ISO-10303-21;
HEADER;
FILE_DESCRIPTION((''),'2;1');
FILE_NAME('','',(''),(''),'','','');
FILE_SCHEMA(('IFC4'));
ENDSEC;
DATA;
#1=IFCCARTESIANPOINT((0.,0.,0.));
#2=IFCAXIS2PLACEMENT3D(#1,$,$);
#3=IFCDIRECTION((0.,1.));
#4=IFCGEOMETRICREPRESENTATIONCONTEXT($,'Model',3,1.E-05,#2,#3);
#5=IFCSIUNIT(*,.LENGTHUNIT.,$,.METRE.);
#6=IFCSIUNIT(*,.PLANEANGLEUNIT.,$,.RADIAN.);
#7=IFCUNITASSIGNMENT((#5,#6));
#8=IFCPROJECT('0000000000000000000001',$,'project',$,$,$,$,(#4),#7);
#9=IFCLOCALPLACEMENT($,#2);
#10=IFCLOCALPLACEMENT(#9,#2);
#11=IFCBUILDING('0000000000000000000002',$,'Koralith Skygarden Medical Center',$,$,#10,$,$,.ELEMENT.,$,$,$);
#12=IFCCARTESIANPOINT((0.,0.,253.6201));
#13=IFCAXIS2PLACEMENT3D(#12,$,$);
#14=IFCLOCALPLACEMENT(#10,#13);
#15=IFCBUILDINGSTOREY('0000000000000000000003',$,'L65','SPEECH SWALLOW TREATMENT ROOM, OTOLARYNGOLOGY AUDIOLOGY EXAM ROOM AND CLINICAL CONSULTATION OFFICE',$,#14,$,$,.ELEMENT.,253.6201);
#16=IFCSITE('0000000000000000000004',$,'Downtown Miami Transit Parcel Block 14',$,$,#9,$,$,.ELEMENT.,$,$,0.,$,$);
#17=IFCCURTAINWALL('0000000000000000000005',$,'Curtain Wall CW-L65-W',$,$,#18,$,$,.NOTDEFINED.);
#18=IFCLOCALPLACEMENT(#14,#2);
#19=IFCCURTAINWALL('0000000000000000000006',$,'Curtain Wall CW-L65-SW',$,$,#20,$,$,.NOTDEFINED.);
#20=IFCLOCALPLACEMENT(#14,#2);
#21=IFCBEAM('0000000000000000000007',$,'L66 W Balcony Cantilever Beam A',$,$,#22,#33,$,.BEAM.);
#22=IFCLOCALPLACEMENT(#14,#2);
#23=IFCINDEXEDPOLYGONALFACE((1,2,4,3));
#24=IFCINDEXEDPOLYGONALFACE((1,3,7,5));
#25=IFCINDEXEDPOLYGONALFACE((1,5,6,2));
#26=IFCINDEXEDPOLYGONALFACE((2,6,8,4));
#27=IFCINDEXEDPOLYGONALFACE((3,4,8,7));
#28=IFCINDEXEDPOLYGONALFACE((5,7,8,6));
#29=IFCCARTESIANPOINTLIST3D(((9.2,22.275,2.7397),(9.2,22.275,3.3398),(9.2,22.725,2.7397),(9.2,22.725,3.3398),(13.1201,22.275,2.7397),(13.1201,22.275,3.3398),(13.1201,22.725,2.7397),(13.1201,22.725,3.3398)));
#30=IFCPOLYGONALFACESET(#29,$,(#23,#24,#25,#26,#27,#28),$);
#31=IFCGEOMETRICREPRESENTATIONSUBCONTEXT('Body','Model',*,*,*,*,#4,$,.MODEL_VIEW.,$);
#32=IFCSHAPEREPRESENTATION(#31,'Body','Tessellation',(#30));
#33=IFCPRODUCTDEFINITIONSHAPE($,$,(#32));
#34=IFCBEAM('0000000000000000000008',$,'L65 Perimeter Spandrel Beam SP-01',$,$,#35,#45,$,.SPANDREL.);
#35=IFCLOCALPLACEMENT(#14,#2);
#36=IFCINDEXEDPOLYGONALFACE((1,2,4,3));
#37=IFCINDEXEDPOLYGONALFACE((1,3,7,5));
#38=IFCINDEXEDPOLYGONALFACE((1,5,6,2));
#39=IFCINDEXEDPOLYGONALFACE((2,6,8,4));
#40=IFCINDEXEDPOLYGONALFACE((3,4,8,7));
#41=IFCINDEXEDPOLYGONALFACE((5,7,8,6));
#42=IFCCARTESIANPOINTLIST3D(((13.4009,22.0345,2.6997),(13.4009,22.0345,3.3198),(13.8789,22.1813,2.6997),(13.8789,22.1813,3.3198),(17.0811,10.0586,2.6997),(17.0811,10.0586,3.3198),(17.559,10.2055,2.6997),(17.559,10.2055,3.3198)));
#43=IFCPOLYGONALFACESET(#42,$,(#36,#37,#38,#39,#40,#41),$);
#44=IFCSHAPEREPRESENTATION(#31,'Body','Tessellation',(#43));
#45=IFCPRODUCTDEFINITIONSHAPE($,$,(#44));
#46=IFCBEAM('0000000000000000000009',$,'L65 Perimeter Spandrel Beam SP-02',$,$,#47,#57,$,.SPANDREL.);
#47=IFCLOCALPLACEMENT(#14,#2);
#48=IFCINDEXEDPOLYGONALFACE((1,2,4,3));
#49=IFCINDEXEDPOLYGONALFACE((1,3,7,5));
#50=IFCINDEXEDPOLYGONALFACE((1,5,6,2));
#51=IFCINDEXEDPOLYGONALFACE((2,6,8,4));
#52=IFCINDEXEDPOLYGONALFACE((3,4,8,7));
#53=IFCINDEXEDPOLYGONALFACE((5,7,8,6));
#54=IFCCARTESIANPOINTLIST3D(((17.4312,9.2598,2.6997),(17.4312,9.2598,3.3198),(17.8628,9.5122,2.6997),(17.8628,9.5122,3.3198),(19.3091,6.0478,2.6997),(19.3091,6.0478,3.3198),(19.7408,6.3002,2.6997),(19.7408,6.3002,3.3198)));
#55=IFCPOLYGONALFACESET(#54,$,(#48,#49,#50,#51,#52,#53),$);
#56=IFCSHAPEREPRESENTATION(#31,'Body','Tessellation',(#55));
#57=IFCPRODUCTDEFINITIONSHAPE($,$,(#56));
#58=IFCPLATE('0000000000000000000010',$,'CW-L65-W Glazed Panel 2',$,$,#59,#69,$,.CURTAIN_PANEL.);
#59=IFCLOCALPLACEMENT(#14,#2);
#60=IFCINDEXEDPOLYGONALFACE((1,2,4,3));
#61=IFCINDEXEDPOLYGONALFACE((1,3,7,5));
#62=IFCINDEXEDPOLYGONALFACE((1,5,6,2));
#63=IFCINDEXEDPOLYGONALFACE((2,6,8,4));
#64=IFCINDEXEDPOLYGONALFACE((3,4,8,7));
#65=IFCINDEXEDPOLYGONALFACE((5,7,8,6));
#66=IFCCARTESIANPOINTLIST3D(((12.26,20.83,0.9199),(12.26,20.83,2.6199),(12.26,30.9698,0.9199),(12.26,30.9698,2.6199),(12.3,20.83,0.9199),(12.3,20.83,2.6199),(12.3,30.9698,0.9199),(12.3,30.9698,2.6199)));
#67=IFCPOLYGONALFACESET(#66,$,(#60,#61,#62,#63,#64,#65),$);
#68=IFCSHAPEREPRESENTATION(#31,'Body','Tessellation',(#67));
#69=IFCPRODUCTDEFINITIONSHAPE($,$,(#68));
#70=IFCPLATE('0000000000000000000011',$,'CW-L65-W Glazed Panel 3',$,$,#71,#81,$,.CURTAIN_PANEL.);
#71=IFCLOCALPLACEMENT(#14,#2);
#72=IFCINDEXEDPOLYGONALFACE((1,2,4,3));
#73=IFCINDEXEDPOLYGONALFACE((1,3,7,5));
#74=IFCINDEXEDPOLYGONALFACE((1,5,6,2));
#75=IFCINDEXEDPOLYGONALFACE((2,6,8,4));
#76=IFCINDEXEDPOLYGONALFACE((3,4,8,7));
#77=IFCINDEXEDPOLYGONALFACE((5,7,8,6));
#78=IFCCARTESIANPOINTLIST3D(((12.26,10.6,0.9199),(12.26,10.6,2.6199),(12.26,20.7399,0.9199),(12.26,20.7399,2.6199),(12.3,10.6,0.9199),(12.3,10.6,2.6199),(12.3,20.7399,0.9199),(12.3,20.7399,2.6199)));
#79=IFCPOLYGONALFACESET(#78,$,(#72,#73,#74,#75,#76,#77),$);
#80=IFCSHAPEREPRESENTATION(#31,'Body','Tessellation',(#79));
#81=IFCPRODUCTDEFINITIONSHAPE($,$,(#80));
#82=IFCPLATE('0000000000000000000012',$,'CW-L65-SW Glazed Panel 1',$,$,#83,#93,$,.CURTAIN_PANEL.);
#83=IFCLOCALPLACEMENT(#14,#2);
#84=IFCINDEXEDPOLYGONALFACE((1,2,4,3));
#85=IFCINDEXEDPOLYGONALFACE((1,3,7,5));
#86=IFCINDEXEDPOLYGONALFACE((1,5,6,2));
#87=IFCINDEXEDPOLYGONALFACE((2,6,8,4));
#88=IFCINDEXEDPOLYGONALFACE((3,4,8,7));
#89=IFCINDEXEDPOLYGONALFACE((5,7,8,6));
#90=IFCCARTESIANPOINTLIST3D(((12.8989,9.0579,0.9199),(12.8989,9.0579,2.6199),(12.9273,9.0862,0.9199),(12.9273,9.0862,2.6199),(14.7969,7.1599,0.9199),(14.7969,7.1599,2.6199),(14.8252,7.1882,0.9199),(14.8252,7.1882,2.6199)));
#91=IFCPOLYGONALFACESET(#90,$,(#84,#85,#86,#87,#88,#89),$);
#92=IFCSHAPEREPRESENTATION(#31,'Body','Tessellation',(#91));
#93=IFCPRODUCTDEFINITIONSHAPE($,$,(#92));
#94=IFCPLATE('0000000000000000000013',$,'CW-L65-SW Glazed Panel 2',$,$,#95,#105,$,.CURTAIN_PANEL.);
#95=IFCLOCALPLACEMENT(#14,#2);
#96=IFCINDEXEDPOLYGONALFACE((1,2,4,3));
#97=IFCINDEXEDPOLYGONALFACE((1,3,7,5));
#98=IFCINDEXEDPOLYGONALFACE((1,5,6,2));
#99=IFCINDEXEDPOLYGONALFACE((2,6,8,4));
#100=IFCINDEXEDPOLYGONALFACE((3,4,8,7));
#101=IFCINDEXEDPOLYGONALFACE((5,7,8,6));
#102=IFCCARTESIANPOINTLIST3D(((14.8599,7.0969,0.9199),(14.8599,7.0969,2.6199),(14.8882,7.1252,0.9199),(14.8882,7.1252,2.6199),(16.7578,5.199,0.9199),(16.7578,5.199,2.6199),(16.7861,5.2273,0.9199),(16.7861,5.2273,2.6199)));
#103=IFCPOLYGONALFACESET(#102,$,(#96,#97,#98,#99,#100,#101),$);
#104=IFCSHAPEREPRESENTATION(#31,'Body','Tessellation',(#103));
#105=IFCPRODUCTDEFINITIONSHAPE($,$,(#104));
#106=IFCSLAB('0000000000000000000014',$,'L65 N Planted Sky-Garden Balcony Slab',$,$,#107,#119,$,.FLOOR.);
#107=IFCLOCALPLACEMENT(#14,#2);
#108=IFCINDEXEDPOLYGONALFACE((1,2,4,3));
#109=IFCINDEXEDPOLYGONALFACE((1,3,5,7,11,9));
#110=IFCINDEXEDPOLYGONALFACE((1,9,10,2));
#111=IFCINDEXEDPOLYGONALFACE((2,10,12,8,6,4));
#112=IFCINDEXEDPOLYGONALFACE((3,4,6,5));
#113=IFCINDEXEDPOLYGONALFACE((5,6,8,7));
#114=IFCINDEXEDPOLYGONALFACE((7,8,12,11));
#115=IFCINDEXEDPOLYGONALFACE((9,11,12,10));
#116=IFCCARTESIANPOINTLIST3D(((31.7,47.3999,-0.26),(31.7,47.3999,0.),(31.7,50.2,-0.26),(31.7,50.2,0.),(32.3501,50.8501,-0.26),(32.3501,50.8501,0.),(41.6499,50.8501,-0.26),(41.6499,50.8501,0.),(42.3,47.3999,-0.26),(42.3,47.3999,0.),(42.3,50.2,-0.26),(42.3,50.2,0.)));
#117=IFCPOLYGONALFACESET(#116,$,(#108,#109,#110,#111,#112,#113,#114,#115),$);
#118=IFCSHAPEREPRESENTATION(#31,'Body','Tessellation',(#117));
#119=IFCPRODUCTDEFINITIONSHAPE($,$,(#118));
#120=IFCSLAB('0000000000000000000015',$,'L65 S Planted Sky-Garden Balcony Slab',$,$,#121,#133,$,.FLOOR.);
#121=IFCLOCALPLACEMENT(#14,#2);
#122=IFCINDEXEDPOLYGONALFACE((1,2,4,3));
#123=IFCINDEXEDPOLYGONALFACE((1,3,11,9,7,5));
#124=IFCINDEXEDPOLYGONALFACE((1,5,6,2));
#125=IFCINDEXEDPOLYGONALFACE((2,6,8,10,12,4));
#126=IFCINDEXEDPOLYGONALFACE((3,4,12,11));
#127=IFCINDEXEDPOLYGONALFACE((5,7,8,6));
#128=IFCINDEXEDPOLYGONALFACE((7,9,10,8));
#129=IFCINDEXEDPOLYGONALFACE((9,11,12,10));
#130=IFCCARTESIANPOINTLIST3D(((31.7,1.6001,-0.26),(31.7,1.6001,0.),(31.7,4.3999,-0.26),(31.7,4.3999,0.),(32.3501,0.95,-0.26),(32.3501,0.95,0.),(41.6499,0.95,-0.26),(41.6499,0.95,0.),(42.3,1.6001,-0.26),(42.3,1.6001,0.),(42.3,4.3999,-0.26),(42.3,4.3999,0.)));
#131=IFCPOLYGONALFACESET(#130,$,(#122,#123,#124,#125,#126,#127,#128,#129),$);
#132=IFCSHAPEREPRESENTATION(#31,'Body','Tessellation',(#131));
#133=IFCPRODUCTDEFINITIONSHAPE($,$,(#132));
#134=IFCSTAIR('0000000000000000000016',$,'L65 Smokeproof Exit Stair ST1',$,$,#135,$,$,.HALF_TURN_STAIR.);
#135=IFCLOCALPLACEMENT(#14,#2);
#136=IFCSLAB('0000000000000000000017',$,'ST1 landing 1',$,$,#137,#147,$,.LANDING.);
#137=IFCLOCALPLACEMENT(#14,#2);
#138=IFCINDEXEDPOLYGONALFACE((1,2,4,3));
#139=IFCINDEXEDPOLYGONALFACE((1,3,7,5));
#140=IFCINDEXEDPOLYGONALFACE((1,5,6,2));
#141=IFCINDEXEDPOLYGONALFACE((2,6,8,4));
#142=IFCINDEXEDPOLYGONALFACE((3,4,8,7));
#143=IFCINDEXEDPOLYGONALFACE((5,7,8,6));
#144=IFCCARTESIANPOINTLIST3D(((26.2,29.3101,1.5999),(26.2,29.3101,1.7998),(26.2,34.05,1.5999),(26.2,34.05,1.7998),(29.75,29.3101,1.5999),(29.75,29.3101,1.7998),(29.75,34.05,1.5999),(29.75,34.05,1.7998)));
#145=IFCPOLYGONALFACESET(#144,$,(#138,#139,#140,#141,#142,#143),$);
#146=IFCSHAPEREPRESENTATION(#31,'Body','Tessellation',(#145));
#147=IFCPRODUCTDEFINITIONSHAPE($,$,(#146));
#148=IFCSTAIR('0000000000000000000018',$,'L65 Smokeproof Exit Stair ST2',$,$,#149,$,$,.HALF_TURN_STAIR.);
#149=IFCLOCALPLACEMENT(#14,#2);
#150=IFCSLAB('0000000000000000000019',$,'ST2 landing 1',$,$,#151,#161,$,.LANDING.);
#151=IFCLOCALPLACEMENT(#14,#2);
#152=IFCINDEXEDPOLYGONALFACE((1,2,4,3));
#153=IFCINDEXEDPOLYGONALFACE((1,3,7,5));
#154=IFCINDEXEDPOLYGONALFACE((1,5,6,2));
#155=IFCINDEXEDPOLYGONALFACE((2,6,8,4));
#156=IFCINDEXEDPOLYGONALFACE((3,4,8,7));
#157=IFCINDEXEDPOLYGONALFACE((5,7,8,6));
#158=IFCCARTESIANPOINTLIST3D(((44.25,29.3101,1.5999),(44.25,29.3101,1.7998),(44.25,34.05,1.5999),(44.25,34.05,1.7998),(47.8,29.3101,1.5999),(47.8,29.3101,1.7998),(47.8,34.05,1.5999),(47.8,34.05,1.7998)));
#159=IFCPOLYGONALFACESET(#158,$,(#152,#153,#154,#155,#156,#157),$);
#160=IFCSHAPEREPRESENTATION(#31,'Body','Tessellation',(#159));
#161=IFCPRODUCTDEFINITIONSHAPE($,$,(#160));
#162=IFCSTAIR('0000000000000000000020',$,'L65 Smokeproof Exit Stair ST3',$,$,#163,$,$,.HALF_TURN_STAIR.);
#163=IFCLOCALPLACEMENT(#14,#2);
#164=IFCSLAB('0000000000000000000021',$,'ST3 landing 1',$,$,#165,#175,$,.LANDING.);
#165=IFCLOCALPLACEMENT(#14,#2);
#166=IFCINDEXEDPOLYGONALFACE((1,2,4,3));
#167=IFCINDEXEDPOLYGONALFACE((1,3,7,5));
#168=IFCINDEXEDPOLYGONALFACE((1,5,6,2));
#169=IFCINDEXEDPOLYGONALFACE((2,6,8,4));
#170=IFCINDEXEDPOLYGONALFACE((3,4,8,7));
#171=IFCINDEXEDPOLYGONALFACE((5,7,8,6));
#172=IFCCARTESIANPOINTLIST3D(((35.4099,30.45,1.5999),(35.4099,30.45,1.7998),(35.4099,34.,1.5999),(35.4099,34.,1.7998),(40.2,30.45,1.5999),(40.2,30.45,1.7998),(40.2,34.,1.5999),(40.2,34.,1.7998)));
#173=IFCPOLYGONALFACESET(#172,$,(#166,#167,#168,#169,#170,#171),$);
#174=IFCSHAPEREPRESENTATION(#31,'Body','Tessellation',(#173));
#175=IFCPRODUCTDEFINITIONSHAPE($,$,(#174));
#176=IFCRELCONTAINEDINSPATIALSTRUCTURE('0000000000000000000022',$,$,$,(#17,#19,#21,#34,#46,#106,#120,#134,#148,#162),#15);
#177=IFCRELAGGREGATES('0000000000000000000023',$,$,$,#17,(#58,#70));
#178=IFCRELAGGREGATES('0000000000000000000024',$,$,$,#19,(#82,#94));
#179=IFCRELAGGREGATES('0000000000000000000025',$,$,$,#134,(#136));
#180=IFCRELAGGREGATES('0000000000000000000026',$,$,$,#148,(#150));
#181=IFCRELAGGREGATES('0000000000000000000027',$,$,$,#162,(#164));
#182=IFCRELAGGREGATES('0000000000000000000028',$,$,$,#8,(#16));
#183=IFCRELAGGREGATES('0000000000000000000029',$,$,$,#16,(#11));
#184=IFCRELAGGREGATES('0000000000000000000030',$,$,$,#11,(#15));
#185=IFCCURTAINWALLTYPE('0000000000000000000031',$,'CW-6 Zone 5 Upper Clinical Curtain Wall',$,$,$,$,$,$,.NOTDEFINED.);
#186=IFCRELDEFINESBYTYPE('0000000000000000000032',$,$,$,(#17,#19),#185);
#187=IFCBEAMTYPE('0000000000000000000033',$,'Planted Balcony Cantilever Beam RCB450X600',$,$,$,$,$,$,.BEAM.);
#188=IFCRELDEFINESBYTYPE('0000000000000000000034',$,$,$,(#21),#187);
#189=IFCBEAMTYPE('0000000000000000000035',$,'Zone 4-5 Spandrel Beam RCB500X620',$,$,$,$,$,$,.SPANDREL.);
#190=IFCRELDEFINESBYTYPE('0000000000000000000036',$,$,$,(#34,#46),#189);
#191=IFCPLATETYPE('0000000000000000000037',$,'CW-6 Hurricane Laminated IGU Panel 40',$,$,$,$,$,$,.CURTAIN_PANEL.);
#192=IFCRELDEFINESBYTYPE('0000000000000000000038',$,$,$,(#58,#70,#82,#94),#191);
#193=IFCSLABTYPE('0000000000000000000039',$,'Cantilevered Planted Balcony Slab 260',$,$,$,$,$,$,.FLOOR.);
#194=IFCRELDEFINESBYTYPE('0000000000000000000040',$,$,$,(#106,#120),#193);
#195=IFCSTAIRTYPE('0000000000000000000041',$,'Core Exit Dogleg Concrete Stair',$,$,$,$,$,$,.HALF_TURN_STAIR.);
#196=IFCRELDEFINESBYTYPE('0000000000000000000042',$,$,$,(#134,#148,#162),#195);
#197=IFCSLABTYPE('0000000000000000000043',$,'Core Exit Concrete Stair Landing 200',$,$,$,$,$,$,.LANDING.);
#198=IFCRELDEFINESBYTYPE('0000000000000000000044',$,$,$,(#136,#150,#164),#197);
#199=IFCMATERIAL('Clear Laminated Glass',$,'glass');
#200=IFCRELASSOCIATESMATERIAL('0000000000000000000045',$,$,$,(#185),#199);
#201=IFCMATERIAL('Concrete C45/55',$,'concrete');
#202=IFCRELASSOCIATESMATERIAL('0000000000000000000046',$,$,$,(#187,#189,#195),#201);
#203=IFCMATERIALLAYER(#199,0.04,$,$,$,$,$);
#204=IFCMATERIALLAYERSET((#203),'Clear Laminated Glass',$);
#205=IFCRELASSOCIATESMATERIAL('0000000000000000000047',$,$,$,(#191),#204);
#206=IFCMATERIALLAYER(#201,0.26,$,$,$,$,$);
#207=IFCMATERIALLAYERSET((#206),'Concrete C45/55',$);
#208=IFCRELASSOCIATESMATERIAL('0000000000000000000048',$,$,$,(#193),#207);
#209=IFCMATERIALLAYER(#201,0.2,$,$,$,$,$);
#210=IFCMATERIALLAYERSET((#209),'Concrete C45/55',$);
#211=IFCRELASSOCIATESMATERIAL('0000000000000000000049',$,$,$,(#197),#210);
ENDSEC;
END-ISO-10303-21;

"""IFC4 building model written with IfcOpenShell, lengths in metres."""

from ifc_helpers import new_model, si_unit, direction, frame, origin, origin_2d, place, context, subcontext, project, spatial, polyline, rectangle, outline, extrude, material, layer, layer_set, material_profile, profile_set, type_object, element, aggregate, save


model = new_model("IFC4")

# Units and contexts
model_context = context("Model", 3, precision=1e-05, world=origin(), true_north=direction((0.0, 1.0)))
body_context = subcontext(model_context, "Body", "Model", "MODEL_VIEW")
ifc_project = project(units=[si_unit("LENGTHUNIT", "METRE"), si_unit("PLANEANGLEUNIT", "RADIAN")], contexts=[model_context])

# Site, building, storey
site_placement = place(None, origin())
site = spatial("IfcSite", under=ifc_project, at=site_placement, Name="Downtown Miami Transit Parcel Block 14", CompositionType="ELEMENT", RefElevation=0.0)
building_placement = place(site_placement, origin())
building = spatial("IfcBuilding", under=site, at=building_placement, Name="Koralith Skygarden Medical Center", CompositionType="ELEMENT")
storey_placement = place(building_placement, frame((0.0, 0.0, 253.6201)))
storey = spatial("IfcBuildingStorey", under=building, at=storey_placement, Name="L65", Description="SPEECH SWALLOW TREATMENT ROOM, OTOLARYNGOLOGY AUDIOLOGY EXAM ROOM AND CLINICAL CONSULTATION OFFICE", CompositionType="ELEMENT", Elevation=253.6201)

# Shared definitions
ifc_material_1 = material(Name="Clear Laminated Glass", Category="glass")
curtain_wall_type = type_object("IfcCurtainWallType", Name="CW-6 Zone 5 Upper Clinical Curtain Wall", PredefinedType="NOTDEFINED", material=ifc_material_1)

# Curtain walls
curtain_wall_1_placement = place(storey_placement, origin())
curtain_wall_1 = element("IfcCurtainWall", 1, at=curtain_wall_1_placement, inside=storey, type_object=curtain_wall_type, Name="Curtain Wall CW-L65-W", PredefinedType="NOTDEFINED")
curtain_wall_2_placement = place(storey_placement, origin())
curtain_wall_2 = element("IfcCurtainWall", 2, at=curtain_wall_2_placement, inside=storey, type_object=curtain_wall_type, Name="Curtain Wall CW-L65-SW", PredefinedType="NOTDEFINED")

# Beams
ifc_material_2 = material(Name="Concrete C45/55", Category="concrete")
ifc_material_profile_1 = material_profile(ifc_material_2, rectangle(XDim=0.45, YDim=0.6001, at=origin_2d()), Name="RCB450X600")
ifc_profile_set_1 = profile_set([ifc_material_profile_1], Name="Concrete C45/55")
beam_type_1 = type_object("IfcBeamType", Name="Planted Balcony Cantilever Beam RCB450X600", PredefinedType="BEAM", material=ifc_profile_set_1)
beam_1_placement = place(storey_placement, frame((13.1201, 22.5, 3.0398), z_axis=(-1.0, 0.0, 0.0), x_axis=(0.0, -1.0, 0.0)))
element("IfcBeam", 3, at=beam_1_placement, inside=storey, type_object=beam_type_1, Name="L66 W Balcony Cantilever Beam A", PredefinedType="BEAM", context=body_context, shape_type="SweptSolid", body=[
    extrude(rectangle(XDim=0.45, YDim=0.6001, at=origin_2d()), origin(), (0.0, 0.0, 1.0), 3.9202),
])
ifc_material_profile_2 = material_profile(ifc_material_2, rectangle(XDim=0.5, YDim=0.6201, at=origin_2d()), Name="RCB500X620")
ifc_profile_set_2 = profile_set([ifc_material_profile_2], Name="Concrete C45/55")
beam_type_2 = type_object("IfcBeamType", Name="Zone 4-5 Spandrel Beam RCB500X620", PredefinedType="SPANDREL", material=ifc_profile_set_2)
beam_2_placement = place(storey_placement, frame((13.6399, 22.1079, 3.0098), z_axis=(0.293743, -0.955884, 0.0), x_axis=(0.955884, 0.293743, 0.0)))
element("IfcBeam", 4, at=beam_2_placement, inside=storey, type_object=beam_type_2, Name="L65 Perimeter Spandrel Beam SP-01", PredefinedType="SPANDREL", context=body_context, shape_type="SweptSolid", body=[
    extrude(rectangle(XDim=0.5, YDim=0.6201, at=origin_2d()), origin(), (0.0, 0.0, 1.0), 12.5286),
])
beam_3_placement = place(storey_placement, frame((17.647, 9.386, 3.0098), z_axis=(0.504736, -0.863274, 0.0), x_axis=(0.863274, 0.504736, 0.0)))
element("IfcBeam", 5, at=beam_3_placement, inside=storey, type_object=beam_type_2, Name="L65 Perimeter Spandrel Beam SP-02", PredefinedType="SPANDREL", context=body_context, shape_type="SweptSolid", body=[
    extrude(rectangle(XDim=0.5, YDim=0.6201, at=origin_2d()), origin(), (0.0, 0.0, 1.0), 3.7207),
])

# Plates
ifc_layer_1 = layer(ifc_material_1, 0.04)
ifc_layer_set_1 = layer_set([ifc_layer_1], Name="Clear Laminated Glass")
plate_type_1 = type_object("IfcPlateType", Name="CW-6 Hurricane Laminated IGU Panel 40", PredefinedType="CURTAIN_PANEL", material=ifc_layer_set_1)
plate_1_placement = place(storey_placement, frame((12.28, 25.8999, 0.9199), z_axis=(0.0, 0.0, 1.0), x_axis=(0.0, -1.0, 0.0)))
plate_1 = element("IfcPlate", 6, at=plate_1_placement, type_object=plate_type_1, Name="CW-L65-W Glazed Panel 2", PredefinedType="CURTAIN_PANEL", context=body_context, shape_type="SweptSolid", body=[
    extrude(rectangle(XDim=10.1399, YDim=0.04, at=origin_2d()), origin(), (0.0, 0.0, 1.0), 1.7),
])
plate_2_placement = place(storey_placement, frame((12.28, 15.6699, 0.9199), z_axis=(0.0, 0.0, 1.0), x_axis=(0.0, -1.0, 0.0)))
plate_2 = element("IfcPlate", 7, at=plate_2_placement, type_object=plate_type_1, Name="CW-L65-W Glazed Panel 3", PredefinedType="CURTAIN_PANEL", context=body_context, shape_type="SweptSolid", body=[
    extrude(rectangle(XDim=10.1399, YDim=0.04, at=origin_2d()), origin(), (0.0, 0.0, 1.0), 1.7),
])
aggregate(curtain_wall_1, [plate_1, plate_2])
plate_3_placement = place(storey_placement, frame((13.8621, 8.123, 0.9199), z_axis=(0.0, 0.0, 1.0), x_axis=(0.707107, -0.707107, 0.0)))
plate_3 = element("IfcPlate", 8, at=plate_3_placement, type_object=plate_type_1, Name="CW-L65-SW Glazed Panel 1", PredefinedType="CURTAIN_PANEL", context=body_context, shape_type="SweptSolid", body=[
    extrude(rectangle(XDim=2.6841, YDim=0.04, at=origin_2d()), origin(), (0.0, 0.0, 1.0), 1.7),
])
plate_4_placement = place(storey_placement, frame((15.823, 6.1621, 0.9199), z_axis=(0.0, 0.0, 1.0), x_axis=(0.707107, -0.707107, 0.0)))
plate_4 = element("IfcPlate", 9, at=plate_4_placement, type_object=plate_type_1, Name="CW-L65-SW Glazed Panel 2", PredefinedType="CURTAIN_PANEL", context=body_context, shape_type="SweptSolid", body=[
    extrude(rectangle(XDim=2.6841, YDim=0.04, at=origin_2d()), origin(), (0.0, 0.0, 1.0), 1.7),
])
aggregate(curtain_wall_2, [plate_3, plate_4])

# Slabs
ifc_layer_2 = layer(ifc_material_2, 0.26)
ifc_layer_set_2 = layer_set([ifc_layer_2], Name="Concrete C45/55")
slab_type_1 = type_object("IfcSlabType", Name="Cantilevered Planted Balcony Slab 260", PredefinedType="FLOOR", material=ifc_layer_set_2)
slab_1_placement = place(storey_placement, frame((0.0, 0.0, -0.26)))
element("IfcSlab", 10, at=slab_1_placement, inside=storey, type_object=slab_type_1, Name="L65 N Planted Sky-Garden Balcony Slab", PredefinedType="FLOOR", context=body_context, shape_type="SweptSolid", body=[
    extrude(outline(polyline([(31.7, 47.3999), (42.3, 47.3999), (42.3, 50.2), (41.6499, 50.8501), (32.3501, 50.8501), (31.7, 50.2), (31.7, 47.3999)])), origin(), (0.0, 0.0, 1.0), 0.26),
])
slab_2_placement = place(storey_placement, frame((0.0, 0.0, -0.26)))
element("IfcSlab", 11, at=slab_2_placement, inside=storey, type_object=slab_type_1, Name="L65 S Planted Sky-Garden Balcony Slab", PredefinedType="FLOOR", context=body_context, shape_type="SweptSolid", body=[
    extrude(outline(polyline([(32.3501, 0.95), (41.6499, 0.95), (42.3, 1.6001), (42.3, 4.3999), (31.7, 4.3999), (31.7, 1.6001), (32.3501, 0.95)])), origin(), (0.0, 0.0, 1.0), 0.26),
])

# Stairs, slabs
stair_type = type_object("IfcStairType", Name="Core Exit Dogleg Concrete Stair", PredefinedType="HALF_TURN_STAIR", material=ifc_material_2)
stair_1_placement = place(storey_placement, origin())
stair_1 = element("IfcStair", 12, at=stair_1_placement, inside=storey, type_object=stair_type, Name="L65 Smokeproof Exit Stair ST1", PredefinedType="HALF_TURN_STAIR")
ifc_layer_3 = layer(ifc_material_2, 0.2)
ifc_layer_set_3 = layer_set([ifc_layer_3], Name="Concrete C45/55")
slab_type_2 = type_object("IfcSlabType", Name="Core Exit Concrete Stair Landing 200", PredefinedType="LANDING", material=ifc_layer_set_3)
slab_3_placement = place(storey_placement, frame((0.0, 0.0, 1.5999)))
slab_3 = element("IfcSlab", 13, at=slab_3_placement, type_object=slab_type_2, Name="ST1 landing 1", PredefinedType="LANDING", context=body_context, shape_type="SweptSolid", body=[
    extrude(outline(polyline([(29.75, 29.3101), (29.75, 34.05), (26.2, 34.05), (26.2, 29.3101), (29.75, 29.3101)])), origin(), (0.0, 0.0, 1.0), 0.2),
])
aggregate(stair_1, [slab_3])
stair_2_placement = place(storey_placement, origin())
stair_2 = element("IfcStair", 14, at=stair_2_placement, inside=storey, type_object=stair_type, Name="L65 Smokeproof Exit Stair ST2", PredefinedType="HALF_TURN_STAIR")
slab_4_placement = place(storey_placement, frame((0.0, 0.0, 1.5999)))
slab_4 = element("IfcSlab", 15, at=slab_4_placement, type_object=slab_type_2, Name="ST2 landing 1", PredefinedType="LANDING", context=body_context, shape_type="SweptSolid", body=[
    extrude(outline(polyline([(47.8, 29.3101), (47.8, 34.05), (44.25, 34.05), (44.25, 29.3101), (47.8, 29.3101)])), origin(), (0.0, 0.0, 1.0), 0.2),
])
aggregate(stair_2, [slab_4])
stair_3_placement = place(storey_placement, origin())
stair_3 = element("IfcStair", 16, at=stair_3_placement, inside=storey, type_object=stair_type, Name="L65 Smokeproof Exit Stair ST3", PredefinedType="HALF_TURN_STAIR")
slab_5_placement = place(storey_placement, frame((0.0, 0.0, 1.5999)))
slab_5 = element("IfcSlab", 17, at=slab_5_placement, type_object=slab_type_2, Name="ST3 landing 1", PredefinedType="LANDING", context=body_context, shape_type="SweptSolid", body=[
    extrude(outline(polyline([(35.4099, 30.45), (40.2, 30.45), (40.2, 34.0), (35.4099, 34.0), (35.4099, 30.45)])), origin(), (0.0, 0.0, 1.0), 0.2),
])
aggregate(stair_3, [slab_5])

save(model, "model.ifc")
